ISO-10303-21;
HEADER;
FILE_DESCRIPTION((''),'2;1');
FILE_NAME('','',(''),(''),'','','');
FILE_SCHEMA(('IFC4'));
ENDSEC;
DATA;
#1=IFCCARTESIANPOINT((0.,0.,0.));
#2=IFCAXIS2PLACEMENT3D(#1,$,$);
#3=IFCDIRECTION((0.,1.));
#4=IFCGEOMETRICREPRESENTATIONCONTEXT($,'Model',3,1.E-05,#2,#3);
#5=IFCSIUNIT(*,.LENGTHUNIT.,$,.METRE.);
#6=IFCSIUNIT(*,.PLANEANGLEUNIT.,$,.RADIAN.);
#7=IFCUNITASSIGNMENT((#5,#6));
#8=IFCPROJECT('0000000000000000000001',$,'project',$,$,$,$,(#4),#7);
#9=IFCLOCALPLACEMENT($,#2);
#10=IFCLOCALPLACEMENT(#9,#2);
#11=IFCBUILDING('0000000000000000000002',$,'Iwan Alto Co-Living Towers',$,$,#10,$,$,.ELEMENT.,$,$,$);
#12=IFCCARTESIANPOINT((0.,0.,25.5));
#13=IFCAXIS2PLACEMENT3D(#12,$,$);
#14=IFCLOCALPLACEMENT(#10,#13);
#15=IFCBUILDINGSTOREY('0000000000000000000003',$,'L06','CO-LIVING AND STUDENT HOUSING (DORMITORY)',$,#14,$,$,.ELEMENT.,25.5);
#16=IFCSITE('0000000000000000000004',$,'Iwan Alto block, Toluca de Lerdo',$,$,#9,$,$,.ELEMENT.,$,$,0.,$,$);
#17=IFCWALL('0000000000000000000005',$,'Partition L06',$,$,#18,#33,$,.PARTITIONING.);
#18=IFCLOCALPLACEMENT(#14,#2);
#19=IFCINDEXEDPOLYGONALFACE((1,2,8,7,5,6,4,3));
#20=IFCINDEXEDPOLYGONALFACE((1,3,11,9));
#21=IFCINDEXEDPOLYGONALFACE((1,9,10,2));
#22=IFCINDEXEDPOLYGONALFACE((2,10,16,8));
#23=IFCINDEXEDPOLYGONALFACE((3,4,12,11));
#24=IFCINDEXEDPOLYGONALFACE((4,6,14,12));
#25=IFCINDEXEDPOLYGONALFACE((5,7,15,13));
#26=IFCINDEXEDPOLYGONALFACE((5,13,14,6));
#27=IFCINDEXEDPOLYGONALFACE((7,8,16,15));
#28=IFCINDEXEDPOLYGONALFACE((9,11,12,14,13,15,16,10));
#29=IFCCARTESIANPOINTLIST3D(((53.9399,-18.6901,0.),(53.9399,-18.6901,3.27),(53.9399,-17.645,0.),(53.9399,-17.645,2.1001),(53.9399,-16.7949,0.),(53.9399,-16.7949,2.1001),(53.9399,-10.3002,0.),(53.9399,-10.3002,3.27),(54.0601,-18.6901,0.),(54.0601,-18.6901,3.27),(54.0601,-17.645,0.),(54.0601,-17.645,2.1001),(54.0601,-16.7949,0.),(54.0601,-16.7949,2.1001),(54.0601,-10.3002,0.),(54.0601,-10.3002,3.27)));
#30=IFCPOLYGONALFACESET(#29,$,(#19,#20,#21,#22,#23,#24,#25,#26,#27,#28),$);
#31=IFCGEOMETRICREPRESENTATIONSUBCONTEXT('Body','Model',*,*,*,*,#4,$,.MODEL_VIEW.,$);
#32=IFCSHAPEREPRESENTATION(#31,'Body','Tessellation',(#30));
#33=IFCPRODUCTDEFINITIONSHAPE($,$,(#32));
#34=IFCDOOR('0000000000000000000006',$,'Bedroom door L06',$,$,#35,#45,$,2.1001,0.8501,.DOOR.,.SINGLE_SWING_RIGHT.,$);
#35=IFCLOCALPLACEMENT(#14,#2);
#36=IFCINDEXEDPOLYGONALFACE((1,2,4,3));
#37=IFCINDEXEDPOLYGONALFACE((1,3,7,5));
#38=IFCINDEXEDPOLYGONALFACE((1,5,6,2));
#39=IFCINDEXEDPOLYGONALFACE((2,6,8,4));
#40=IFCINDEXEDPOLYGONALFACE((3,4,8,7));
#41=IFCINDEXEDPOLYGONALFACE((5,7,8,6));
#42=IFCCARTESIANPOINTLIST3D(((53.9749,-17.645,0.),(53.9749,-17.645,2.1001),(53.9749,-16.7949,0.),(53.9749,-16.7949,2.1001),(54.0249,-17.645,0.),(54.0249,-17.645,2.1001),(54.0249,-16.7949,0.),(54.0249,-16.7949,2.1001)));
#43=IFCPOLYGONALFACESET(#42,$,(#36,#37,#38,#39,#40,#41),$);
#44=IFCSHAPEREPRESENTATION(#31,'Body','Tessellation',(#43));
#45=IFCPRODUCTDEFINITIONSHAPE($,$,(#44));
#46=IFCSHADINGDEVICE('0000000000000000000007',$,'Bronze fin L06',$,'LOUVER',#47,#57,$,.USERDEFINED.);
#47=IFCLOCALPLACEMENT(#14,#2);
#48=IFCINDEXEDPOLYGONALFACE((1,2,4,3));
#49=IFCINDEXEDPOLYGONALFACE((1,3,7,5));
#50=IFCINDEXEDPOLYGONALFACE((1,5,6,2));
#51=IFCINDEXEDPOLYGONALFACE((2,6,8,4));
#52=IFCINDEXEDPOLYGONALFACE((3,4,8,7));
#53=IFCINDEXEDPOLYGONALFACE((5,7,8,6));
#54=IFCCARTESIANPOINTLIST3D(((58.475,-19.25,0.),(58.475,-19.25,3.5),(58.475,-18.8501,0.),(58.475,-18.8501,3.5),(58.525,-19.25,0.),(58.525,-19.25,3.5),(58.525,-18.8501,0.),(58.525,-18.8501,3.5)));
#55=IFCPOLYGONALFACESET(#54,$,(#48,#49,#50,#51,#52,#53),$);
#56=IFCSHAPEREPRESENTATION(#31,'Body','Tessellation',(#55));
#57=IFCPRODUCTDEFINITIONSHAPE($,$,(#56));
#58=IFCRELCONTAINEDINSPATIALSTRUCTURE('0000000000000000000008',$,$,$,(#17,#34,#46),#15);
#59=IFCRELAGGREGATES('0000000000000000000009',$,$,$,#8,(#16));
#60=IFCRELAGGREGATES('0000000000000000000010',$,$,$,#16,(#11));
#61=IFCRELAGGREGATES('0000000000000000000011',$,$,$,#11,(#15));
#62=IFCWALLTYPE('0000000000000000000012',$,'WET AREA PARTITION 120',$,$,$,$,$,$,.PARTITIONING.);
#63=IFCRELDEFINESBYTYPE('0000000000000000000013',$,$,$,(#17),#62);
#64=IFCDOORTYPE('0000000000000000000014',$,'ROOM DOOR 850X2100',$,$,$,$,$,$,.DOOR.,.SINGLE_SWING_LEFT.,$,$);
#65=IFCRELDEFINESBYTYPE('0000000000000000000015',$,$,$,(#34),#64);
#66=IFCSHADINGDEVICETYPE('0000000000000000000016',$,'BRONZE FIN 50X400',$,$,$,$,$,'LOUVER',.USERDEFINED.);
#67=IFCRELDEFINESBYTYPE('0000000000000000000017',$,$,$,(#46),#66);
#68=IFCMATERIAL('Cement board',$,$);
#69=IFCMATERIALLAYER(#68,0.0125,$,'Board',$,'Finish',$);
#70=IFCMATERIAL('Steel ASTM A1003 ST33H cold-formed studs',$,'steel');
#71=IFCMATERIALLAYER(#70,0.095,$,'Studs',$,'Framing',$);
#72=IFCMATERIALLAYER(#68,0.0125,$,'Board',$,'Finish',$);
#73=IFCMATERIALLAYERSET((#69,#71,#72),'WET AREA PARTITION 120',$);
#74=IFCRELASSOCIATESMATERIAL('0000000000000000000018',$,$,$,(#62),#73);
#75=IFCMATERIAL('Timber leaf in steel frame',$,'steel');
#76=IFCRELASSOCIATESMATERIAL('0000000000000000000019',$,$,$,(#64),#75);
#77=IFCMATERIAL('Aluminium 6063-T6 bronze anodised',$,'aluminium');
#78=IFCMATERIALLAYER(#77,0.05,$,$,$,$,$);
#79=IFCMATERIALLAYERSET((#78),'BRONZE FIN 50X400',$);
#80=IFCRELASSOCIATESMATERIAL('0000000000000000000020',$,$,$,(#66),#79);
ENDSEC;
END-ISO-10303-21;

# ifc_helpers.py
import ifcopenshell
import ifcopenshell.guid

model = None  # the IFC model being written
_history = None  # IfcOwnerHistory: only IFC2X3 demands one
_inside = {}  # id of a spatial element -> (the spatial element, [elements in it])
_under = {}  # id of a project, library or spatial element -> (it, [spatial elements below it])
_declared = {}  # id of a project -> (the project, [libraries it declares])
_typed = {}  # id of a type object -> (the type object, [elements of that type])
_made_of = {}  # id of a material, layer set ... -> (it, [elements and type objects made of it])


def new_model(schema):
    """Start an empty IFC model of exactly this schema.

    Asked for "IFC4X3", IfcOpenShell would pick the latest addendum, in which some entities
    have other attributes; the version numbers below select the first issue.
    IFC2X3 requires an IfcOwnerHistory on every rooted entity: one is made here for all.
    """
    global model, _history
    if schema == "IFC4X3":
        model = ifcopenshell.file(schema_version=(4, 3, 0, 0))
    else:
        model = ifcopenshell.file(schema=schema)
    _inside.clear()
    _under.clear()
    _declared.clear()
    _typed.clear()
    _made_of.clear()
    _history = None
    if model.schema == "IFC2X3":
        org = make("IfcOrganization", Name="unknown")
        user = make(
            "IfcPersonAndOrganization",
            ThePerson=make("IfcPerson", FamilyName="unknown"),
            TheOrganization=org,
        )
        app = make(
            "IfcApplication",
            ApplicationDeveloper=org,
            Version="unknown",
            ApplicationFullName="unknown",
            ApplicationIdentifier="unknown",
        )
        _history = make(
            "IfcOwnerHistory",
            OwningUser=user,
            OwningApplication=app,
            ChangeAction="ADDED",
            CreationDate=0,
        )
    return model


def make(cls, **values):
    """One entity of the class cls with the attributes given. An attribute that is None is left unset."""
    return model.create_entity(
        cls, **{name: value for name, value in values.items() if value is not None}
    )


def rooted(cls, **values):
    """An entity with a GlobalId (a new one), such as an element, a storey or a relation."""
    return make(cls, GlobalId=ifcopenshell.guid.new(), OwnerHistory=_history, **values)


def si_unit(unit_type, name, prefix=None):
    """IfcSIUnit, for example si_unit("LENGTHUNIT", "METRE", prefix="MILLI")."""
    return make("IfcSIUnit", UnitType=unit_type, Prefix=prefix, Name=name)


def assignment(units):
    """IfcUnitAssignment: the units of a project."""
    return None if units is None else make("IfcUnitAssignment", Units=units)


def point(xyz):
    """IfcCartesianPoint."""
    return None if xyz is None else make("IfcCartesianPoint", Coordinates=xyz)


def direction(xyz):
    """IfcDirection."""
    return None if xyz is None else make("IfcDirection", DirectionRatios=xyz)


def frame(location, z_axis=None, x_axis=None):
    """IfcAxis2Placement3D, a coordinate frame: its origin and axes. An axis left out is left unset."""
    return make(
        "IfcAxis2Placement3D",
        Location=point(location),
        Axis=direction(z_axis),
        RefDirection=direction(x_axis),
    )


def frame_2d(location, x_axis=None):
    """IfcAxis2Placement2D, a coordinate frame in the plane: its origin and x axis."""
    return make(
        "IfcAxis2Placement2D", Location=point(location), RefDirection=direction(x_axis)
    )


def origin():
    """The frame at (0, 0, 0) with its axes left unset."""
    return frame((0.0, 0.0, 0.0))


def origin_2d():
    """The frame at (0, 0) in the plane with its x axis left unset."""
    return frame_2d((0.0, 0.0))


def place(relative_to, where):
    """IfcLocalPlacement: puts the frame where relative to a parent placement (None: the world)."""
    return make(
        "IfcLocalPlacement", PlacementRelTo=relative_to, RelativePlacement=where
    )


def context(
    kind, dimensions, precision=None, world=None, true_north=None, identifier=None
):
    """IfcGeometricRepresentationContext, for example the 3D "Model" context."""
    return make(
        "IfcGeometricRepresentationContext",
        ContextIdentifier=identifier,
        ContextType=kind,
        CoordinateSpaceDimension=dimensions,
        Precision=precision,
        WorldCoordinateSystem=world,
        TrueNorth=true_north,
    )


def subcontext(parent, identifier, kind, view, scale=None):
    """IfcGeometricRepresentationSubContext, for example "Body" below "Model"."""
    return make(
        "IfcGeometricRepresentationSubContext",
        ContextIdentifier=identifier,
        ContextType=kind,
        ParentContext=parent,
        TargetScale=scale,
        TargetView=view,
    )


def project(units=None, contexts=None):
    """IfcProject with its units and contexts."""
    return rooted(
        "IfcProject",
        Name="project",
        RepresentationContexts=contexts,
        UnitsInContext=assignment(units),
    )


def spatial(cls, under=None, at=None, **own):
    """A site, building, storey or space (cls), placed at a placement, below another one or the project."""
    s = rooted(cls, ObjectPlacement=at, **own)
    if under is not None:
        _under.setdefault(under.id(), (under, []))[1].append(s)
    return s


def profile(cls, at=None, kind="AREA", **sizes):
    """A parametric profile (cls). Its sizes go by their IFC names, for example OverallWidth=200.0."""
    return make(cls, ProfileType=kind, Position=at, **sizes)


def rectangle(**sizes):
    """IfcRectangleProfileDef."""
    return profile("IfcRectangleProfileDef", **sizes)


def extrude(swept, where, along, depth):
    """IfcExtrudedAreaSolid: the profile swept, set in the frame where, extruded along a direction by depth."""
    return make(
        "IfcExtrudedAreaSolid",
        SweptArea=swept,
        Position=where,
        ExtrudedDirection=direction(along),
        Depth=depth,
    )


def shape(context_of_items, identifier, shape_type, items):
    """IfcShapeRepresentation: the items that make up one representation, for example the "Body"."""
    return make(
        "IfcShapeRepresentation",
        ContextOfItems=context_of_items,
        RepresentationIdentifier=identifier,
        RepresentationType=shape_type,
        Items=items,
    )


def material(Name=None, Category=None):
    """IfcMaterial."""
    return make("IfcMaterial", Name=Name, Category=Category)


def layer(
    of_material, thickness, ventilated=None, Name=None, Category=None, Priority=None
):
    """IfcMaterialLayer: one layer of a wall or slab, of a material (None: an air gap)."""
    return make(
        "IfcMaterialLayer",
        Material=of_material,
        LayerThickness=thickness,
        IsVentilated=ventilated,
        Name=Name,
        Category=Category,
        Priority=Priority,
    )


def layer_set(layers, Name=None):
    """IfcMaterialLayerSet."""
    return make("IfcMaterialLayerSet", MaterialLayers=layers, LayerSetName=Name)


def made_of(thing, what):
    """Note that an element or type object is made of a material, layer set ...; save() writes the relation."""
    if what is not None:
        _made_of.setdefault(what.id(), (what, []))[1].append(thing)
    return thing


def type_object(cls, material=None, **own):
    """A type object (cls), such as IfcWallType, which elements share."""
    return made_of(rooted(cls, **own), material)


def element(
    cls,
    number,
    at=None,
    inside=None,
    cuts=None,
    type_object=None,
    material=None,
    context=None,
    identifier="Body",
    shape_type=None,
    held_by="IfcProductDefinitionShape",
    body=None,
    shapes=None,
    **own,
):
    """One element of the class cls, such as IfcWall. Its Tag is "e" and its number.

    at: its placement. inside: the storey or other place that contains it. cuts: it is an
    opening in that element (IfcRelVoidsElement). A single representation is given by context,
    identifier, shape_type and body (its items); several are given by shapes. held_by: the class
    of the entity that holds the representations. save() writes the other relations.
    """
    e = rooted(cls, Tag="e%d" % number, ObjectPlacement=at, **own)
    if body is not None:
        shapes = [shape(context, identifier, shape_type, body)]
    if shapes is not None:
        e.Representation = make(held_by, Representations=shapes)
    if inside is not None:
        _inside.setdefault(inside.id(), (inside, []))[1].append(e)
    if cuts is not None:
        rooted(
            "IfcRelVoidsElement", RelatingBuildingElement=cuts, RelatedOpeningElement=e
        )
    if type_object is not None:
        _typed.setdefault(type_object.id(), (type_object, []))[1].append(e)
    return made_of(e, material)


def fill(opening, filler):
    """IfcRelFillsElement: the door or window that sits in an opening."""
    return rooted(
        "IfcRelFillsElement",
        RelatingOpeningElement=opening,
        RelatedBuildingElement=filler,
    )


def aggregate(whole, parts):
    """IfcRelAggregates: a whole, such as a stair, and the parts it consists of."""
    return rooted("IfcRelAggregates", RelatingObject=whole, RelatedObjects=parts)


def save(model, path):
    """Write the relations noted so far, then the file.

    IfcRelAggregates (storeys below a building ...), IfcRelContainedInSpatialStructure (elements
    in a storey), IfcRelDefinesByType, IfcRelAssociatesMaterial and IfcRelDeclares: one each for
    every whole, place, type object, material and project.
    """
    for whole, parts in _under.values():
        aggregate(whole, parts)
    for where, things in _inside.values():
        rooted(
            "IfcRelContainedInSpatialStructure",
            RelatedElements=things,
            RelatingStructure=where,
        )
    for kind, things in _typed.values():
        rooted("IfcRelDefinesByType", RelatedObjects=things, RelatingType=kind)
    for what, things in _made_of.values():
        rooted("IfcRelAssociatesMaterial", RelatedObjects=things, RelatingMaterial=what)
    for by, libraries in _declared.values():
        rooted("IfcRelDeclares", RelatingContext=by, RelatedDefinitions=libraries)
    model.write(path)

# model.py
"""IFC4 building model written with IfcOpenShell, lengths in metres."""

from ifc_helpers import new_model, si_unit, direction, frame, frame_2d, origin, origin_2d, place, context, subcontext, project, spatial, rectangle, extrude, material, layer, layer_set, type_object, element, fill, save


model = new_model("IFC4")

# Units and contexts
model_context = context("Model", 3, precision=1e-05, world=origin(), true_north=direction((0.0, 1.0)))
body_context = subcontext(model_context, "Body", "Model", "MODEL_VIEW")
ifc_project = project(units=[si_unit("LENGTHUNIT", "METRE"), si_unit("PLANEANGLEUNIT", "RADIAN")], contexts=[model_context])

# Site, building, storey
site_placement = place(None, origin())
site = spatial("IfcSite", under=ifc_project, at=site_placement, Name="Iwan Alto block, Toluca de Lerdo", CompositionType="ELEMENT", RefElevation=0.0)
building_placement = place(site_placement, origin())
building = spatial("IfcBuilding", under=site, at=building_placement, Name="Iwan Alto Co-Living Towers", CompositionType="ELEMENT")
storey_placement = place(building_placement, frame((0.0, 0.0, 25.5)))
storey = spatial("IfcBuildingStorey", under=building, at=storey_placement, Name="L06", Description="CO-LIVING AND STUDENT HOUSING (DORMITORY)", CompositionType="ELEMENT", Elevation=25.5)

# Shared definitions
ifc_material_1 = material(Name="Steel ASTM A1003 ST33H cold-formed studs", Category="steel")

# Wall, opening, door
ifc_material_2 = material(Name="Cement board")
ifc_layer_1 = layer(ifc_material_2, 0.0125, Name="Board", Category="Finish")
ifc_layer_2 = layer(ifc_material_1, 0.095, Name="Studs", Category="Framing")
ifc_layer_3 = layer(ifc_material_2, 0.0125, Name="Board", Category="Finish")
ifc_layer_set_1 = layer_set([ifc_layer_1, ifc_layer_2, ifc_layer_3], Name="WET AREA PARTITION 120")
wall_type_1 = type_object("IfcWallType", Name="WET AREA PARTITION 120", PredefinedType="PARTITIONING", material=ifc_layer_set_1)
wall_1_placement = place(storey_placement, frame((54.0, -18.6899, 0.0), z_axis=(0.0, 0.0, 1.0), x_axis=(0.0, 1.0, 0.0)))
wall_1 = element("IfcWall", 1, at=wall_1_placement, inside=storey, type_object=wall_type_1, Name="Partition L06", PredefinedType="PARTITIONING", context=body_context, shape_type="SweptSolid", body=[
    extrude(rectangle(XDim=8.3899, YDim=0.1201, at=frame_2d((4.1948, 0.0))), origin(), (0.0, 0.0, 1.0), 3.27),
])
opening_placement = place(wall_1_placement, frame((1.0449, 0.0, 0.0)))
opening = element("IfcOpeningElement", 2, at=opening_placement, cuts=wall_1, PredefinedType="OPENING", context=body_context, shape_type="SweptSolid", body=[
    extrude(rectangle(XDim=0.8501, YDim=2.1001, at=frame_2d((0.425, 1.05))), frame((0.0, 0.0701, 0.0), z_axis=(0.0, -1.0, 0.0), x_axis=(1.0, 0.0, 0.0)), (0.0, 0.0, 1.0), 0.1401),
])
ifc_material_3 = material(Name="Timber leaf in steel frame", Category="steel")
door_type = type_object("IfcDoorType", Name="ROOM DOOR 850X2100", OperationType="SINGLE_SWING_LEFT", PredefinedType="DOOR", material=ifc_material_3)
door_placement = place(opening_placement, frame((0.8501, 0.0, 0.0), z_axis=(0.0, 0.0, 1.0), x_axis=(-1.0, 0.0, 0.0)))
door = element("IfcDoor", 3, at=door_placement, inside=storey, type_object=door_type, Name="Bedroom door L06", OperationType="SINGLE_SWING_RIGHT", OverallHeight=2.1001, OverallWidth=0.8501, PredefinedType="DOOR", context=body_context, shape_type="SweptSolid", body=[
    extrude(rectangle(XDim=0.8501, YDim=2.1001, at=frame_2d((0.425, 1.05))), frame((0.0, 0.0249, 0.0), z_axis=(0.0, -1.0, 0.0), x_axis=(1.0, 0.0, 0.0)), (0.0, 0.0, 1.0), 0.05),
])
fill(opening, door)

# Shading device
ifc_material_4 = material(Name="Aluminium 6063-T6 bronze anodised", Category="aluminium")
ifc_layer_4 = layer(ifc_material_4, 0.05)
ifc_layer_set_2 = layer_set([ifc_layer_4], Name="BRONZE FIN 50X400")
shading_device_type = type_object("IfcShadingDeviceType", Name="BRONZE FIN 50X400", ElementType="LOUVER", PredefinedType="USERDEFINED", material=ifc_layer_set_2)
shading_device_placement = place(storey_placement, frame((58.5, -19.05, 0.0), z_axis=(0.0, 0.0, 1.0), x_axis=(1.0, 0.0, 0.0)))
element("IfcShadingDevice", 4, at=shading_device_placement, inside=storey, type_object=shading_device_type, Name="Bronze fin L06", ObjectType="LOUVER", PredefinedType="USERDEFINED", context=body_context, shape_type="SweptSolid", body=[
    extrude(rectangle(XDim=0.05, YDim=0.3999, at=origin_2d()), origin(), (0.0, 0.0, 1.0), 3.5),
])

save(model, "model.ifc")
